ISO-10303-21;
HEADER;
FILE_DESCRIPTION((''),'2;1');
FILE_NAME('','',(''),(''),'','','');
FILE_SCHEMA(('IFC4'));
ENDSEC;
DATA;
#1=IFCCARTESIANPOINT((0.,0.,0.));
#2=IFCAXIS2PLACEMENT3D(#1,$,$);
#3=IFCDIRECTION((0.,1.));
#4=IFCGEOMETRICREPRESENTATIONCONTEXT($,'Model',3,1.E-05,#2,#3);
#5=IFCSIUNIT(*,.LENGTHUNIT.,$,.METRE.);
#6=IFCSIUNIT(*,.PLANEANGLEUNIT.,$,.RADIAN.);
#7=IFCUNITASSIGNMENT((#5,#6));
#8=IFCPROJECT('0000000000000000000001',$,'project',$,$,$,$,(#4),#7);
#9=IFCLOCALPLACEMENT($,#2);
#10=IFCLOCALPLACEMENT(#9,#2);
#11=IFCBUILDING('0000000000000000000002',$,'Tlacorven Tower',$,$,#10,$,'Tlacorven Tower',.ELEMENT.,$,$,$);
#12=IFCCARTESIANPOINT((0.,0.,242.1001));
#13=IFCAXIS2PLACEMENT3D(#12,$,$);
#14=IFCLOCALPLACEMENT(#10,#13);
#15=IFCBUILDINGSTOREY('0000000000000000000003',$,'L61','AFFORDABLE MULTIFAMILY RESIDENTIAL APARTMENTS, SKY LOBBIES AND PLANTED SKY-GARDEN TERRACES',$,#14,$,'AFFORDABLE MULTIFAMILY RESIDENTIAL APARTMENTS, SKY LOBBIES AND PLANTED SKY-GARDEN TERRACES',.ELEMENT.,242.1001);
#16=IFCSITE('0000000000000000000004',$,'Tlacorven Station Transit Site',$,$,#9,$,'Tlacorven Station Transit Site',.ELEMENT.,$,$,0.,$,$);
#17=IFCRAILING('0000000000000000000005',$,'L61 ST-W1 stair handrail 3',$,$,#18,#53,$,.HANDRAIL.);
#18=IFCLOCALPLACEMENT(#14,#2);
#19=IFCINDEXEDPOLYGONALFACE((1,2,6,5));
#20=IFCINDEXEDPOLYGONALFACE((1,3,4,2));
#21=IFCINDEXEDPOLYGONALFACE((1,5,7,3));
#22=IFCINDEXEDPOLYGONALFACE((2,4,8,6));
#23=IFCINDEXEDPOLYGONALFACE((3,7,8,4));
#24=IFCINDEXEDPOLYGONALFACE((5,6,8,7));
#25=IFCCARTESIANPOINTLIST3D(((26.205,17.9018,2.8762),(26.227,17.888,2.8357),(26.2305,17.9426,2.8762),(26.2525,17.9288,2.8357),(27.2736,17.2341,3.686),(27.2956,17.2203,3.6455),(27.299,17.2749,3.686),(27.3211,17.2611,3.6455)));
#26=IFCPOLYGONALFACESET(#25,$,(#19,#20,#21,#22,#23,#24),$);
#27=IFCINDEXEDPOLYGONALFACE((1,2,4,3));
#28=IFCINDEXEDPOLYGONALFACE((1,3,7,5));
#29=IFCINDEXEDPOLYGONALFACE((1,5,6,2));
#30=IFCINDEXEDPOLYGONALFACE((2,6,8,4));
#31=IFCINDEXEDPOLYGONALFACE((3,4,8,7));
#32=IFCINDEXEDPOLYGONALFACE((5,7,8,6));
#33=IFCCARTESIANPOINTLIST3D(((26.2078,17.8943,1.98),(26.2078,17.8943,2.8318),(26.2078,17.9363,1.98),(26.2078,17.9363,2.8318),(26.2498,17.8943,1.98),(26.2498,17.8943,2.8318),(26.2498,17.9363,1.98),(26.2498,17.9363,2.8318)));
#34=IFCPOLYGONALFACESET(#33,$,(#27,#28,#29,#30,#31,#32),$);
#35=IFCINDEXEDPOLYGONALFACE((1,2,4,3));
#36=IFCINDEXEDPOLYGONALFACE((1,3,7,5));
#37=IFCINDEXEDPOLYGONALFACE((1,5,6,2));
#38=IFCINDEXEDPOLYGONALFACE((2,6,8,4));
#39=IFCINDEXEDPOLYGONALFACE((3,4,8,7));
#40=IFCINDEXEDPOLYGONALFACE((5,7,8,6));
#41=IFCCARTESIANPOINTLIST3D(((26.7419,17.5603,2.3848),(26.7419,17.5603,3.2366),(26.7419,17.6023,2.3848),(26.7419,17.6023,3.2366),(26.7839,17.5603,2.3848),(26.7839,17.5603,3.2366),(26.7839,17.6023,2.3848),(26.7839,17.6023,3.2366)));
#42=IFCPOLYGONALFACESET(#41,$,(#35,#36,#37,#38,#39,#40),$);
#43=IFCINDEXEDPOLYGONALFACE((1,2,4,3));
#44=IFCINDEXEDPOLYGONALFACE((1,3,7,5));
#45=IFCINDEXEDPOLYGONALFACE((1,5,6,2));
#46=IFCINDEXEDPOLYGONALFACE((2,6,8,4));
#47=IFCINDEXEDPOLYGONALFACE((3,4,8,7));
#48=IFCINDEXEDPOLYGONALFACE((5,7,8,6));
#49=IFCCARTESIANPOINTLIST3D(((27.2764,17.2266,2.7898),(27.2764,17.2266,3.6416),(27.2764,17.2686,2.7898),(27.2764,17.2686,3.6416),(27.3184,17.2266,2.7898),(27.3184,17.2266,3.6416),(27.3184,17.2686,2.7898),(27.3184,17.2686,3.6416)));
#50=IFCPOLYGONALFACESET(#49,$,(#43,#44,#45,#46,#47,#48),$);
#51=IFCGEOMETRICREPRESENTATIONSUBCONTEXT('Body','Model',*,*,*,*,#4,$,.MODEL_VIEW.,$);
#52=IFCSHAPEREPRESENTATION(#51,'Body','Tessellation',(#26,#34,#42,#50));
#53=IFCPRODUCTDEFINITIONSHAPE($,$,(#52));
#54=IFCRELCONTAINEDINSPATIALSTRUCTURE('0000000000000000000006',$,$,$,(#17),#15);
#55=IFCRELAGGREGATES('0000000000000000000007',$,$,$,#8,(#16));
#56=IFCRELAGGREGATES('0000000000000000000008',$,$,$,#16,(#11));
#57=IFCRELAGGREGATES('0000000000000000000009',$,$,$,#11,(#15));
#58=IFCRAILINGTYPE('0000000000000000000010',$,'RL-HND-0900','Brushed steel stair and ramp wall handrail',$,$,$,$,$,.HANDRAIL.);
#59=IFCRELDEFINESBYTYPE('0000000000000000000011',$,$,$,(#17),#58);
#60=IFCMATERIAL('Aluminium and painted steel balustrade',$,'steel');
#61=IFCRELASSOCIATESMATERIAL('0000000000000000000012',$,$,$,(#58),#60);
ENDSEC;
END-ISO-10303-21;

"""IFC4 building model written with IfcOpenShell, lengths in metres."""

from ifc_helpers import new_model, si_unit, direction, frame, origin, origin_2d, place, context, subcontext, project, spatial, rectangle, extrude, source, transform, mapped, material, type_object, element, save


model = new_model("IFC4")

# Units and contexts
model_context = context("Model", 3, precision=1e-05, world=origin(), true_north=direction((0.0, 1.0)))
body_context = subcontext(model_context, "Body", "Model", "MODEL_VIEW")
ifc_project = project(units=[si_unit("LENGTHUNIT", "METRE"), si_unit("PLANEANGLEUNIT", "RADIAN")], contexts=[model_context])

# Site, building, storey
site_placement = place(None, origin())
site = spatial("IfcSite", under=ifc_project, at=site_placement, Name="Tlacorven Station Transit Site", LongName="Tlacorven Station Transit Site", CompositionType="ELEMENT", RefElevation=0.0)
building_placement = place(site_placement, origin())
building = spatial("IfcBuilding", under=site, at=building_placement, Name="Tlacorven Tower", LongName="Tlacorven Tower", CompositionType="ELEMENT")
storey_placement = place(building_placement, frame((0.0, 0.0, 242.1001)))
storey = spatial("IfcBuildingStorey", under=building, at=storey_placement, Name="L61", Description="AFFORDABLE MULTIFAMILY RESIDENTIAL APARTMENTS, SKY LOBBIES AND PLANTED SKY-GARDEN TERRACES", LongName="AFFORDABLE MULTIFAMILY RESIDENTIAL APARTMENTS, SKY LOBBIES AND PLANTED SKY-GARDEN TERRACES", CompositionType="ELEMENT", Elevation=242.1001)

# Railing
ifc_material_1 = material(Name="Aluminium and painted steel balustrade", Category="steel")
railing_type_1 = type_object("IfcRailingType", Name="RL-HND-0900", Description="Brushed steel stair and ramp wall handrail", PredefinedType="HANDRAIL", material=ifc_material_1)
shared_shape_1 = source(origin(), body_context, "Body", "SweptSolid", [
    extrude(rectangle(XDim=0.0481, YDim=0.0481, at=origin_2d()), frame((0.0, 0.0, 0.876), z_axis=(0.713423, -0.445787, 0.540649), x_axis=(0.529912, 0.848053, 0.0)), (0.0, 0.0, 1.0), 1.4978),
    extrude(rectangle(XDim=0.042, YDim=0.042, at=origin_2d()), origin(), (0.0, 0.0, 1.0), 0.8518),
    extrude(rectangle(XDim=0.042, YDim=0.042, at=origin_2d()), frame((0.5342, -0.334, 0.4048)), (0.0, 0.0, 1.0), 0.8518),
    extrude(rectangle(XDim=0.042, YDim=0.042, at=origin_2d()), frame((1.0686, -0.6677, 0.8098)), (0.0, 0.0, 1.0), 0.8518),
])
railing_1_placement = place(storey_placement, frame((26.2288, 17.9153, 1.98)))
element("IfcRailing", 1, at=railing_1_placement, inside=storey, type_object=railing_type_1, Name="L61 ST-W1 stair handrail 3", PredefinedType="HANDRAIL", context=body_context, shape_type="MappedRepresentation", body=[
    mapped(shared_shape_1, transform((0.0, 0.0, 0.0), scale=1.0)),
])

save(model, "model.ifc")
